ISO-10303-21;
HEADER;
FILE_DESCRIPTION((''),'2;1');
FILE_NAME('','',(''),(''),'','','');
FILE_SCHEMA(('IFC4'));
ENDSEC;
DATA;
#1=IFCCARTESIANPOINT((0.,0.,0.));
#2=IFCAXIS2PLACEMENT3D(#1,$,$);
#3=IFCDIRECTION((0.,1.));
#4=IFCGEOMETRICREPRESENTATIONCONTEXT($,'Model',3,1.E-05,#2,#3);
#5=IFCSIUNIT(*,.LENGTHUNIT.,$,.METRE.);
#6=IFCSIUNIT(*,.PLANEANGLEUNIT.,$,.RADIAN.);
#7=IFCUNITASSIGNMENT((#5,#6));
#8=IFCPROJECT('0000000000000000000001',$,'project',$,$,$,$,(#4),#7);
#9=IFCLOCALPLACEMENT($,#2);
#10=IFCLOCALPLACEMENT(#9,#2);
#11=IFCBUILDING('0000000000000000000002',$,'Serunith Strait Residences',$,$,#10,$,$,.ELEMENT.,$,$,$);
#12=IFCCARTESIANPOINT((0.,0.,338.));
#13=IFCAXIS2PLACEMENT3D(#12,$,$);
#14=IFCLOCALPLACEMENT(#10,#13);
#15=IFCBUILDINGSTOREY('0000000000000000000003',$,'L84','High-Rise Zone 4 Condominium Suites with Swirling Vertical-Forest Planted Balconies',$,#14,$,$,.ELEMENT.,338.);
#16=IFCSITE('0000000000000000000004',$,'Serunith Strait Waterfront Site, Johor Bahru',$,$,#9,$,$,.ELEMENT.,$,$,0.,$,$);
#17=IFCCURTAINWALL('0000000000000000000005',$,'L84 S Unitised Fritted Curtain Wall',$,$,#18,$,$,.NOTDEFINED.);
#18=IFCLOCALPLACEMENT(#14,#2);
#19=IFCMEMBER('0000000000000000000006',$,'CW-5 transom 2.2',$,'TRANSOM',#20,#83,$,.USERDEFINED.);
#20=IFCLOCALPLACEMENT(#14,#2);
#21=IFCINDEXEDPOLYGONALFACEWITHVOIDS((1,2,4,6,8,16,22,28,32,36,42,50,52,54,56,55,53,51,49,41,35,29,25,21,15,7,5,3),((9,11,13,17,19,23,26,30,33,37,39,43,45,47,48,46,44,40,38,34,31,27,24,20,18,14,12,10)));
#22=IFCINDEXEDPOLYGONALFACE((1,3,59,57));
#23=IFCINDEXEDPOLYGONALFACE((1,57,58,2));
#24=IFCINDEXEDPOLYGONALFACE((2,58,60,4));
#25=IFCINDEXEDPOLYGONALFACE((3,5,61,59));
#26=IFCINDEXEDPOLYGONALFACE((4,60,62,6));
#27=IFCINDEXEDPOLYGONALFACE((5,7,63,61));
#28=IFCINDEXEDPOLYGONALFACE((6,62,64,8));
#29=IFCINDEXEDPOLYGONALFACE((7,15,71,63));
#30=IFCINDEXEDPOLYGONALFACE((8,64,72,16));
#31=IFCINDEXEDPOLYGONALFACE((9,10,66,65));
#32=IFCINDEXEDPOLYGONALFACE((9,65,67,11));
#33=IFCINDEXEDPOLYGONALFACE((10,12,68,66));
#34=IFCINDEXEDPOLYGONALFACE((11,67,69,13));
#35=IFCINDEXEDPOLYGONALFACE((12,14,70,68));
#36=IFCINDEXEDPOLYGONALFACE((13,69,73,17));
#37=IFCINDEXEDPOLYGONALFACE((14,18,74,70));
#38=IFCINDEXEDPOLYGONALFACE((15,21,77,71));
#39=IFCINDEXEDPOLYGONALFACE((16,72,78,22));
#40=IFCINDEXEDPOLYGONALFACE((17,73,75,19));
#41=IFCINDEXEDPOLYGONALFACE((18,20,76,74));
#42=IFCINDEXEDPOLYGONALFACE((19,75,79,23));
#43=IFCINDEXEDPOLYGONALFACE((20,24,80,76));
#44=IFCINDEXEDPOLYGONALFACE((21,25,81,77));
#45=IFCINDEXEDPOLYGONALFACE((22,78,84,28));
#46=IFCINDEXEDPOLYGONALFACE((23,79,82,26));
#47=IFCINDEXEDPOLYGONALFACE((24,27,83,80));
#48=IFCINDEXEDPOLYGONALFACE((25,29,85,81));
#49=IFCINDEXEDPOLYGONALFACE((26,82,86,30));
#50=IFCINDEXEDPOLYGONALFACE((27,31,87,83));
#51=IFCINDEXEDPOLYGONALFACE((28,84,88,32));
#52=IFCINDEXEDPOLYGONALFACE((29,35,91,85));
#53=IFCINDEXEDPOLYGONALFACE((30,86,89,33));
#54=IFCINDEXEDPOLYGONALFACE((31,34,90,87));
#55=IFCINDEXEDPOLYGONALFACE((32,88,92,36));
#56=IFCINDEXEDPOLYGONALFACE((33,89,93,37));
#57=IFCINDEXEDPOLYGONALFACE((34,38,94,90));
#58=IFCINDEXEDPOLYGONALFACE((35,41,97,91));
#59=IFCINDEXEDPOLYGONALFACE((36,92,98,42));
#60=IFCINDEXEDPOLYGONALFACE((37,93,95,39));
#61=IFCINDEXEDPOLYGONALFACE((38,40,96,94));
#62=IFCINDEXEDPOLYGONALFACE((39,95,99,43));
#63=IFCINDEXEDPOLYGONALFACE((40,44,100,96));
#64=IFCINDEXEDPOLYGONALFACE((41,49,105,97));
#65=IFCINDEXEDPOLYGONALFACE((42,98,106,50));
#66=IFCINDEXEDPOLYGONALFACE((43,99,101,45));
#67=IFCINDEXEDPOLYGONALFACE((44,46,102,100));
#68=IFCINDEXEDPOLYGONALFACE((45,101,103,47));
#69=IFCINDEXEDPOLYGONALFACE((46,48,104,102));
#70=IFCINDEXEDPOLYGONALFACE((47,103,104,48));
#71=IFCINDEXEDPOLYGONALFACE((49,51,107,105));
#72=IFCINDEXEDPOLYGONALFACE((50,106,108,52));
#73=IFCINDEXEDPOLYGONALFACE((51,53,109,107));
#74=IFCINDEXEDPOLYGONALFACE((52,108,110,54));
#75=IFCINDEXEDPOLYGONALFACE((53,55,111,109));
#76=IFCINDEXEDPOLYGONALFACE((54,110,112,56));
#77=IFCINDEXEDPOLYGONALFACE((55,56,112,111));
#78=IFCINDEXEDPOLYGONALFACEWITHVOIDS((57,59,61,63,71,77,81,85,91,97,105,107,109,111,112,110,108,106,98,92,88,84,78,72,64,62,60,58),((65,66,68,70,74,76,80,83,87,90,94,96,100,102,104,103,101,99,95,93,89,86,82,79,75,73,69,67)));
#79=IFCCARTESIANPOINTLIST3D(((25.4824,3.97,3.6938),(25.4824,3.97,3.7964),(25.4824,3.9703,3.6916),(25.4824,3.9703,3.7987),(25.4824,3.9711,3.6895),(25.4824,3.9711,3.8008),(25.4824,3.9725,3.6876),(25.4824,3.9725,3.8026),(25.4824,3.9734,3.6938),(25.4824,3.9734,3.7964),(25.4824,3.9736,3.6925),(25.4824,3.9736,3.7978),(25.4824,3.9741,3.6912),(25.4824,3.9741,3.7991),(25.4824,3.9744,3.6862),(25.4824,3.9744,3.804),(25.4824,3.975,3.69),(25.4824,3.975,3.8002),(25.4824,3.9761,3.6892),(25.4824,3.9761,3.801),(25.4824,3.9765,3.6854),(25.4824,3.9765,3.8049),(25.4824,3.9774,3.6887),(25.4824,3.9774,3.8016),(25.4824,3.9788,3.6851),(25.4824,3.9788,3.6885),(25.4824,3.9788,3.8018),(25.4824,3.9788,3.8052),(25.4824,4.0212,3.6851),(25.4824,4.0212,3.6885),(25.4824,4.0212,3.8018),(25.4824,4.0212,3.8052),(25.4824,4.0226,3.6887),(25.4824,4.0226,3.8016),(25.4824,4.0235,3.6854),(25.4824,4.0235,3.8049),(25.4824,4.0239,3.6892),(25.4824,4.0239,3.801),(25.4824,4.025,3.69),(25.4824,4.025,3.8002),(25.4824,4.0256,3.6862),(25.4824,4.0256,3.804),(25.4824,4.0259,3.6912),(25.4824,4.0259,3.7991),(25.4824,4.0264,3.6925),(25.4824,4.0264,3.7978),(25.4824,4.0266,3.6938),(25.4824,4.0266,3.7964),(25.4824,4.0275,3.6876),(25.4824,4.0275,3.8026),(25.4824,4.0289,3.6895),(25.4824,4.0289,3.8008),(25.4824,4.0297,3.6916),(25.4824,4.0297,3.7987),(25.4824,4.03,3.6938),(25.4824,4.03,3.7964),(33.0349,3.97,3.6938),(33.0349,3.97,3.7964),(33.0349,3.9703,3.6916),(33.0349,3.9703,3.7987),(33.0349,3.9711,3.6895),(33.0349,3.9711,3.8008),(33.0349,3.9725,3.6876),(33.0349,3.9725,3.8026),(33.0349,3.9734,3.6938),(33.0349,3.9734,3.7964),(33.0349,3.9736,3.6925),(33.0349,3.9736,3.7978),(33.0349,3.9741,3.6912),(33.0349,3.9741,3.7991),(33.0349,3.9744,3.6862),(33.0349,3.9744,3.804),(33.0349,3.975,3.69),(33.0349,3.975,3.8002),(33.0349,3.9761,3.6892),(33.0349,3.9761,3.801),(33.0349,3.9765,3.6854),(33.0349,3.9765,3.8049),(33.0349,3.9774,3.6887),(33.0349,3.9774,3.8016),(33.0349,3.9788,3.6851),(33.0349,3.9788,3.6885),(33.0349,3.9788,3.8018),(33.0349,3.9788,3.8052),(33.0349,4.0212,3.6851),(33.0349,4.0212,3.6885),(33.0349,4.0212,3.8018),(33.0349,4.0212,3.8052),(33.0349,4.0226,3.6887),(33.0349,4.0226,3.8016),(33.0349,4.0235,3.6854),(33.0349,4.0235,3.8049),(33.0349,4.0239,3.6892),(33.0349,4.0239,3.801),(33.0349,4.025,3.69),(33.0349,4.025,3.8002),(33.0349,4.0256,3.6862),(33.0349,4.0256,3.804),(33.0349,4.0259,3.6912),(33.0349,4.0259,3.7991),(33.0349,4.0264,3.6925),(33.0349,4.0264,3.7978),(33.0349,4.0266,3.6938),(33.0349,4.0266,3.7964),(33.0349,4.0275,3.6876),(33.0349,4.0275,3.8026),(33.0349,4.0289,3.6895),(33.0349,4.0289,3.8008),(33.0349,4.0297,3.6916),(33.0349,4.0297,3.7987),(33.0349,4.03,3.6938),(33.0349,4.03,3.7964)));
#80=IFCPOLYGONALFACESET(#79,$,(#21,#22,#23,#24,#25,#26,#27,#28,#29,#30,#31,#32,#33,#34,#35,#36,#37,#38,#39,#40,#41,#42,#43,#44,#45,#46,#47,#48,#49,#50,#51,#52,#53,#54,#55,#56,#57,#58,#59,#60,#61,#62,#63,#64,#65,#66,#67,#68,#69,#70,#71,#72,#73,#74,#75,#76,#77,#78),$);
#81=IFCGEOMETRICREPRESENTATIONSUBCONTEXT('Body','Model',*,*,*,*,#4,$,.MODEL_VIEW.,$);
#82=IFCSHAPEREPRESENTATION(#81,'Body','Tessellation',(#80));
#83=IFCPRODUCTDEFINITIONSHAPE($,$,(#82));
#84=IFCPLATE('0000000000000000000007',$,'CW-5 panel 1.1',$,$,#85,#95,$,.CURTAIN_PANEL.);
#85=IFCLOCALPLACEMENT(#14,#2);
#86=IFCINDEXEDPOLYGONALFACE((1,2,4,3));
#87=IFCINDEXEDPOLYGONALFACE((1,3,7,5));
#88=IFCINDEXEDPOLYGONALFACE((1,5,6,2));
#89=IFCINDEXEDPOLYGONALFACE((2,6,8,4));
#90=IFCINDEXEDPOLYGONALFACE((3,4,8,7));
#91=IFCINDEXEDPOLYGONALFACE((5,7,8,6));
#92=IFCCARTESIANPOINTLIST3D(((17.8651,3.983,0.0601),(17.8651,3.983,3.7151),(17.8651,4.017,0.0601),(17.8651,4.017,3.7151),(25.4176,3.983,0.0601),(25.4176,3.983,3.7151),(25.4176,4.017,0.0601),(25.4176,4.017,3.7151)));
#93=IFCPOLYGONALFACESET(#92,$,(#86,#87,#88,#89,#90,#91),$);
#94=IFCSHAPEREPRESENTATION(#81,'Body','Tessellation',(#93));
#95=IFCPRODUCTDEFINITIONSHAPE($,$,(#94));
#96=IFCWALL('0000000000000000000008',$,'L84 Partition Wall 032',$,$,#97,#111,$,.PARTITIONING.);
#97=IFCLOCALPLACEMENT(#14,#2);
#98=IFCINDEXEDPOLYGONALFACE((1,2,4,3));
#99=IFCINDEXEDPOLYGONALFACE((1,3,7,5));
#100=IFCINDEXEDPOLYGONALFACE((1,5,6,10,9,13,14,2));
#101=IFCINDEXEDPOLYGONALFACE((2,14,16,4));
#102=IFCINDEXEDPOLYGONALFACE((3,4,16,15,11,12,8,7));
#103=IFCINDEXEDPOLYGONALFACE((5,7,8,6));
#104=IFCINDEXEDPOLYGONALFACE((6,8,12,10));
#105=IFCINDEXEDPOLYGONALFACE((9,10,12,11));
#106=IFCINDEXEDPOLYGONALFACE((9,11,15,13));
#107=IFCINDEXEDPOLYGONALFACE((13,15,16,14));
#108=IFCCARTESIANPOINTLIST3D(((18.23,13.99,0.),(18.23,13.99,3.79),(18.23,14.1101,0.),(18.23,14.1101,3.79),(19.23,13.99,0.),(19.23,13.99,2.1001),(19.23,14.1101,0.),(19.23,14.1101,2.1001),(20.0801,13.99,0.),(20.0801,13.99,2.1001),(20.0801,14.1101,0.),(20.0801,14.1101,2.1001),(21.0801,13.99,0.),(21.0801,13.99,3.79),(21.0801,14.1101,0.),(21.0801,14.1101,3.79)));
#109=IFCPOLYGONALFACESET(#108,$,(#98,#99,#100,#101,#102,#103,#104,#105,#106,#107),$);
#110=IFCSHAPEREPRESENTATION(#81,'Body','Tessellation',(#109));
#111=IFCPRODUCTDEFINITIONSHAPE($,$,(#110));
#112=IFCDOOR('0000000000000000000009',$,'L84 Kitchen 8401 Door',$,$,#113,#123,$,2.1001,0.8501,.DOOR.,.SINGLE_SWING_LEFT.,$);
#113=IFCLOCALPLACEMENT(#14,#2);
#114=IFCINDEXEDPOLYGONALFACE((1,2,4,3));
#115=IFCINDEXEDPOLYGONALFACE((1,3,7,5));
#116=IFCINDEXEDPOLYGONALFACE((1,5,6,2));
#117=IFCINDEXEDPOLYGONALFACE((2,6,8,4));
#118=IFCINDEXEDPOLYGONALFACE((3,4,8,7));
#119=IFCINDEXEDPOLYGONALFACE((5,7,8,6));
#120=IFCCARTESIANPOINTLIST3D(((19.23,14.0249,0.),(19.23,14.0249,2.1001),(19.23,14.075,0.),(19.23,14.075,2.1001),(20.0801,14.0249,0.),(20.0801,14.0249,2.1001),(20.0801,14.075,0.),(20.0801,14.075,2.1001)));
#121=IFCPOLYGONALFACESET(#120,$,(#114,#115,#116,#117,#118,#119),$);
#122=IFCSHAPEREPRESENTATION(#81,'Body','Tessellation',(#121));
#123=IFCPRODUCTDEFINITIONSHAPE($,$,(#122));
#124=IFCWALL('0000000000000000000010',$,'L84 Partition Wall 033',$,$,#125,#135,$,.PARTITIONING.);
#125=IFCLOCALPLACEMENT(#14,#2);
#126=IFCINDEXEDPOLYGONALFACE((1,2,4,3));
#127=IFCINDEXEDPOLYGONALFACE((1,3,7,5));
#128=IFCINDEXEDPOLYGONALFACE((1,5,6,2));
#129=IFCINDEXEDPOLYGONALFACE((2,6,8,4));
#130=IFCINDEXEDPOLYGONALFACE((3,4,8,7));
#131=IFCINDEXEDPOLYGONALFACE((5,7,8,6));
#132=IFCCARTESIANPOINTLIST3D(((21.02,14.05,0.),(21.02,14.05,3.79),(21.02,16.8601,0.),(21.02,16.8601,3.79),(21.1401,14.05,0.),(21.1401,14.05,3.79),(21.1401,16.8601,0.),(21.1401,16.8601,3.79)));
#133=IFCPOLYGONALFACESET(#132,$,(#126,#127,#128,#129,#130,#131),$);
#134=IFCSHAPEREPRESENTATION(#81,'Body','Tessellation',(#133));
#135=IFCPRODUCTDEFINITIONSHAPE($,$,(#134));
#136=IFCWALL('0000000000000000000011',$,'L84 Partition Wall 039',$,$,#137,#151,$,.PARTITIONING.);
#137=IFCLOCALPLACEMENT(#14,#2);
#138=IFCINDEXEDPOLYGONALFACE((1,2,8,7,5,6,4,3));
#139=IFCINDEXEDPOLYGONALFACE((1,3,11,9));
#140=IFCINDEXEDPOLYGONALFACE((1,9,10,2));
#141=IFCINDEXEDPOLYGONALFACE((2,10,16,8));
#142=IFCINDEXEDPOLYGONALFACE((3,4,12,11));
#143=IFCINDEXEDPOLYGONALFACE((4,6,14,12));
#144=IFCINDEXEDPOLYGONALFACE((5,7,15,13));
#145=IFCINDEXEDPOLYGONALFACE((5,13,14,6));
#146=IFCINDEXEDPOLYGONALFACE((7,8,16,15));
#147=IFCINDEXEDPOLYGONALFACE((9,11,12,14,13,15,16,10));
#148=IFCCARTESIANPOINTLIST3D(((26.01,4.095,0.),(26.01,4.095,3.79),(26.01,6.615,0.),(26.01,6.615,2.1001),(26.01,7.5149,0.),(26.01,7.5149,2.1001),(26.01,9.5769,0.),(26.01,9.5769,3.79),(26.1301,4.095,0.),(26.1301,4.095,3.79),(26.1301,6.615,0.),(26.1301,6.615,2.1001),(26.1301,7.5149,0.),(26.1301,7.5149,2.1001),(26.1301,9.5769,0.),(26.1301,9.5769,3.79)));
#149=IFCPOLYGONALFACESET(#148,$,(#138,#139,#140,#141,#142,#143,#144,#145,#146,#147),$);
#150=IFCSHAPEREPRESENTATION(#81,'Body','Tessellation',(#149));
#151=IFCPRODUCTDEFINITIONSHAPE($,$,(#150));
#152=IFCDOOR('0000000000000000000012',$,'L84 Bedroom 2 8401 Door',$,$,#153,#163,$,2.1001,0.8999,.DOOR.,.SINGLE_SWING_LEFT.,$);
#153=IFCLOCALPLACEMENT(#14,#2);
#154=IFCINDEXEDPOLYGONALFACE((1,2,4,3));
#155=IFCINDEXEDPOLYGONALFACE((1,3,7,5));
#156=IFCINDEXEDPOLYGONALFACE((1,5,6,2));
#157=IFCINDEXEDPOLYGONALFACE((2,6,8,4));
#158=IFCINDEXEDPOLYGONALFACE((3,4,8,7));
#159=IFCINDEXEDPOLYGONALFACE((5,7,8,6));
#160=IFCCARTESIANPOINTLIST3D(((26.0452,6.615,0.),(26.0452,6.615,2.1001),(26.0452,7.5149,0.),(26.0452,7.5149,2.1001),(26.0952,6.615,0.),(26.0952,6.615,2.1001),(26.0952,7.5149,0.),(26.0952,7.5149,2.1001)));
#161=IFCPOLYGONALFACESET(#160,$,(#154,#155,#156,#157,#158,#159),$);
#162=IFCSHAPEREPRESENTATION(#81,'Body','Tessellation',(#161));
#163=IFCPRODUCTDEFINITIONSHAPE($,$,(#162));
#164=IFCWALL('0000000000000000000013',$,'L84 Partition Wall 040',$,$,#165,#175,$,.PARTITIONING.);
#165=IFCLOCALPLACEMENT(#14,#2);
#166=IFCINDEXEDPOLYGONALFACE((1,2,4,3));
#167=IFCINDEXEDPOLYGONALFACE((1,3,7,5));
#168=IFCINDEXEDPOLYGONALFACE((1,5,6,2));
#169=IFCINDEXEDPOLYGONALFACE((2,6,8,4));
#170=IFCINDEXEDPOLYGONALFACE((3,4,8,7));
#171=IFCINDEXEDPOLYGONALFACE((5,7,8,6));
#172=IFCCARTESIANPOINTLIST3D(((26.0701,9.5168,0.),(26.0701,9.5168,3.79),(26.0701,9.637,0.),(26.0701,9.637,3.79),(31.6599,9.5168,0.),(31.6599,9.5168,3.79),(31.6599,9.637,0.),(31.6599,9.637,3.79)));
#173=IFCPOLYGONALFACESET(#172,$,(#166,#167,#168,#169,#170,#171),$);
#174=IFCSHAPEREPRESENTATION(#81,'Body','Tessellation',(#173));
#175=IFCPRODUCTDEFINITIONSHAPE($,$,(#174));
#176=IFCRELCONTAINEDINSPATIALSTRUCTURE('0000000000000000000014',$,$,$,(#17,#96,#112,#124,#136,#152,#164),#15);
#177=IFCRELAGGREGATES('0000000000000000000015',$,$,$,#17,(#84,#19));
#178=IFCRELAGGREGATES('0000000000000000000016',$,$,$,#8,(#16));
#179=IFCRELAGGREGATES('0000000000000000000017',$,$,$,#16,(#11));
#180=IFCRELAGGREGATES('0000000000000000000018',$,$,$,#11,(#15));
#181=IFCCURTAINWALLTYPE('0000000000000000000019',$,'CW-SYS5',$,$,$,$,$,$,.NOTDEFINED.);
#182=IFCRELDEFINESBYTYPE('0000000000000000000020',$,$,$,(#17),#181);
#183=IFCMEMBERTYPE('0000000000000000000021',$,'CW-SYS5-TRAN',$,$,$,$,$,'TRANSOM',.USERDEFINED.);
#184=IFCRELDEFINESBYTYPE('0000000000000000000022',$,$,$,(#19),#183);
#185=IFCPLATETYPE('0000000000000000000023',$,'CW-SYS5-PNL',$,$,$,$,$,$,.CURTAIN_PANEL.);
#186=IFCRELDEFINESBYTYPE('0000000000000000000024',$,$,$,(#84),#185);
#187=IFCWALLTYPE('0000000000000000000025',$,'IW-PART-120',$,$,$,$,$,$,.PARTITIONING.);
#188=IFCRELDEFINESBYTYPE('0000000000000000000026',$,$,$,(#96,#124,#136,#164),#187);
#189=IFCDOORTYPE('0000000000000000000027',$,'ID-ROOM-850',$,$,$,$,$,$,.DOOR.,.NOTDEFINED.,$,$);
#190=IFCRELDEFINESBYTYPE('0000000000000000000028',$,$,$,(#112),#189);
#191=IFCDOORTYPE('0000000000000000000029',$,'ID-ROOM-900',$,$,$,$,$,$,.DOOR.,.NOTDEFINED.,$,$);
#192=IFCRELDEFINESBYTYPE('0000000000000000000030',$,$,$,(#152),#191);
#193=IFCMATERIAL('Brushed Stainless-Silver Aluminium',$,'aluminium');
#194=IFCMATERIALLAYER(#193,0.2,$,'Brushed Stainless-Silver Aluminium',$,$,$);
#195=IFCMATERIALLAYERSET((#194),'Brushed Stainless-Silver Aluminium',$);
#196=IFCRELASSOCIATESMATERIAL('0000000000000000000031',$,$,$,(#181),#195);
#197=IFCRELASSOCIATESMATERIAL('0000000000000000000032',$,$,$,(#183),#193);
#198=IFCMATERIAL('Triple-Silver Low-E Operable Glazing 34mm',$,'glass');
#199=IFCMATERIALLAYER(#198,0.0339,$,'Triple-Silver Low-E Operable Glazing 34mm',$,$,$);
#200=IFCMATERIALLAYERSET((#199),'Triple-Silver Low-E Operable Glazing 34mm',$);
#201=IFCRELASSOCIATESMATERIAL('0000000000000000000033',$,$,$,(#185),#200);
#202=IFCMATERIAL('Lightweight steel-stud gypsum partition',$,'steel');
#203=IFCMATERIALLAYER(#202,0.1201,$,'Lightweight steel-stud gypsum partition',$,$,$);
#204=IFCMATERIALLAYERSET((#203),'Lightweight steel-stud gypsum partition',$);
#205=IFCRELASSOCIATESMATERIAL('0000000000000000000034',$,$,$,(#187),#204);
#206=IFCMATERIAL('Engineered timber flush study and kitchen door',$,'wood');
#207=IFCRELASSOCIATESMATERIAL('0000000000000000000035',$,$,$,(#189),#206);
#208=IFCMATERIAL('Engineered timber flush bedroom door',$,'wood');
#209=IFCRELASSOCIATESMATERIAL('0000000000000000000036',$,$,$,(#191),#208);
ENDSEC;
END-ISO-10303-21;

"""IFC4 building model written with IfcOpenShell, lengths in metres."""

from ifc_helpers import new_model, si_unit, direction, frame, frame_2d, origin, origin_2d, place, context, subcontext, project, spatial, rectangle, hollow_rectangle, extrude, source, transform, mapped, material, layer, layer_set, material_profile, profile_set, type_object, element, fill, aggregate, save


model = new_model("IFC4")

# Units and contexts
model_context = context("Model", 3, precision=1e-05, world=origin(), true_north=direction((0.0, 1.0)))
body_context = subcontext(model_context, "Body", "Model", "MODEL_VIEW")
ifc_project = project(units=[si_unit("LENGTHUNIT", "METRE"), si_unit("PLANEANGLEUNIT", "RADIAN")], contexts=[model_context])

# Site, building, storey
site_placement = place(None, origin())
site = spatial("IfcSite", under=ifc_project, at=site_placement, Name="Serunith Strait Waterfront Site, Johor Bahru", CompositionType="ELEMENT", RefElevation=0.0)
building_placement = place(site_placement, origin())
building = spatial("IfcBuilding", under=site, at=building_placement, Name="Serunith Strait Residences", CompositionType="ELEMENT")
storey_placement = place(building_placement, frame((0.0, 0.0, 338.0)))
storey = spatial("IfcBuildingStorey", under=building, at=storey_placement, Name="L84", Description="High-Rise Zone 4 Condominium Suites with Swirling Vertical-Forest Planted Balconies", CompositionType="ELEMENT", Elevation=338.0)

# Curtain wall, member, plate
ifc_material_1 = material(Name="Brushed Stainless-Silver Aluminium", Category="aluminium")
ifc_layer_1 = layer(ifc_material_1, 0.2, Name="Brushed Stainless-Silver Aluminium")
ifc_layer_set_1 = layer_set([ifc_layer_1], Name="Brushed Stainless-Silver Aluminium")
curtain_wall_type = type_object("IfcCurtainWallType", Name="CW-SYS5", PredefinedType="NOTDEFINED", material=ifc_layer_set_1)
curtain_wall_placement = place(storey_placement, origin())
curtain_wall = element("IfcCurtainWall", 1, at=curtain_wall_placement, inside=storey, type_object=curtain_wall_type, Name="L84 S Unitised Fritted Curtain Wall", PredefinedType="NOTDEFINED")
ifc_material_profile_1 = material_profile(ifc_material_1, hollow_rectangle(XDim=0.0601, YDim=0.1201, WallThickness=0.0034, InnerFilletRadius=0.0054, OuterFilletRadius=0.0088, at=origin_2d()), Name="ALU 120x60x3.5")
ifc_profile_set_1 = profile_set([ifc_material_profile_1], Name="Brushed Stainless-Silver Aluminium")
member_type_1 = type_object("IfcMemberType", Name="CW-SYS5-TRAN", ElementType="TRANSOM", PredefinedType="USERDEFINED", material=ifc_profile_set_1)
shared_shape_1 = source(origin(), body_context, "Body", "SweptSolid", [
    extrude(hollow_rectangle(XDim=0.0601, YDim=0.1201, WallThickness=0.0034, InnerFilletRadius=0.0054, OuterFilletRadius=0.0088, at=origin_2d()), origin(), (0.0, 0.0, 1.0), 7.5525),
])
member_1_placement = place(storey_placement, frame((25.4824, 4.0, 3.7451), z_axis=(1.0, 0.0, 0.0), x_axis=(0.0, 1.0, 0.0)))
member_1 = element("IfcMember", 2, at=member_1_placement, type_object=member_type_1, Name="CW-5 transom 2.2", ObjectType="TRANSOM", PredefinedType="USERDEFINED", context=body_context, shape_type="MappedRepresentation", body=[
    mapped(shared_shape_1, transform((0.0, 0.0, 0.0), scale=1.0)),
])
ifc_material_2 = material(Name="Triple-Silver Low-E Operable Glazing 34mm", Category="glass")
ifc_layer_2 = layer(ifc_material_2, 0.0339, Name="Triple-Silver Low-E Operable Glazing 34mm")
ifc_layer_set_2 = layer_set([ifc_layer_2], Name="Triple-Silver Low-E Operable Glazing 34mm")
plate_type = type_object("IfcPlateType", Name="CW-SYS5-PNL", PredefinedType="CURTAIN_PANEL", material=ifc_layer_set_2)
shared_shape_2 = source(origin(), body_context, "Body", "SweptSolid", [
    extrude(rectangle(XDim=7.5525, YDim=0.0339, at=origin_2d()), origin(), (0.0, 0.0, 1.0), 3.655),
])
plate_placement = place(storey_placement, frame((21.6414, 4.0, 0.0601), z_axis=(0.0, 0.0, 1.0), x_axis=(1.0, 0.0, 0.0)))
plate = element("IfcPlate", 3, at=plate_placement, type_object=plate_type, Name="CW-5 panel 1.1", PredefinedType="CURTAIN_PANEL", context=body_context, shape_type="MappedRepresentation", body=[
    mapped(shared_shape_2, transform((0.0, 0.0, 0.0), scale=1.0)),
])
aggregate(curtain_wall, [plate, member_1])

# Wall, opening, door
ifc_material_3 = material(Name="Lightweight steel-stud gypsum partition", Category="steel")
ifc_layer_3 = layer(ifc_material_3, 0.1201, Name="Lightweight steel-stud gypsum partition")
ifc_layer_set_3 = layer_set([ifc_layer_3], Name="Lightweight steel-stud gypsum partition")
wall_type = type_object("IfcWallType", Name="IW-PART-120", PredefinedType="PARTITIONING", material=ifc_layer_set_3)
wall_1_placement = place(storey_placement, frame((18.23, 14.05, 0.0), z_axis=(0.0, 0.0, 1.0), x_axis=(1.0, 0.0, 0.0)))
wall_1 = element("IfcWall", 4, at=wall_1_placement, inside=storey, type_object=wall_type, Name="L84 Partition Wall 032", PredefinedType="PARTITIONING", context=body_context, shape_type="SweptSolid", body=[
    extrude(rectangle(XDim=2.8501, YDim=0.1201, at=frame_2d((1.425, 0.0))), origin(), (0.0, 0.0, 1.0), 3.79),
])
opening_1_placement = place(wall_1_placement, frame((1.0, 0.0, 0.0)))
opening_1 = element("IfcOpeningElement", 5, at=opening_1_placement, cuts=wall_1, PredefinedType="OPENING", context=body_context, shape_type="SweptSolid", body=[
    extrude(rectangle(XDim=0.8501, YDim=2.1001, at=frame_2d((0.425, 1.05))), frame((0.0, 0.0701, 0.0), z_axis=(0.0, -1.0, 0.0), x_axis=(1.0, 0.0, 0.0)), (0.0, 0.0, 1.0), 0.1401),
])
ifc_material_4 = material(Name="Engineered timber flush study and kitchen door", Category="wood")
door_type_1 = type_object("IfcDoorType", Name="ID-ROOM-850", OperationType="NOTDEFINED", PredefinedType="DOOR", material=ifc_material_4)
shared_shape_3 = source(origin(), body_context, "Body", "SweptSolid", [
    extrude(rectangle(XDim=0.8501, YDim=2.1001, at=frame_2d((0.425, 1.05))), frame((0.0, 0.0249, 0.0), z_axis=(0.0, -1.0, 0.0), x_axis=(1.0, 0.0, 0.0)), (0.0, 0.0, 1.0), 0.05),
])
door_1_placement = place(opening_1_placement, origin())
door_1 = element("IfcDoor", 6, at=door_1_placement, inside=storey, type_object=door_type_1, Name="L84 Kitchen 8401 Door", OperationType="SINGLE_SWING_LEFT", OverallHeight=2.1001, OverallWidth=0.8501, PredefinedType="DOOR", context=body_context, shape_type="MappedRepresentation", body=[
    mapped(shared_shape_3, transform((0.0, 0.0, 0.0), scale=1.0)),
])
fill(opening_1, door_1)

# Wall
wall_2_placement = place(storey_placement, frame((21.0801, 14.05, 0.0), z_axis=(0.0, 0.0, 1.0), x_axis=(0.0, 1.0, 0.0)))
element("IfcWall", 7, at=wall_2_placement, inside=storey, type_object=wall_type, Name="L84 Partition Wall 033", PredefinedType="PARTITIONING", context=body_context, shape_type="SweptSolid", body=[
    extrude(rectangle(XDim=2.8101, YDim=0.1201, at=frame_2d((1.405, 0.0))), origin(), (0.0, 0.0, 1.0), 3.79),
])

# Wall, opening, door
wall_3_placement = place(storey_placement, frame((26.0701, 4.095, 0.0), z_axis=(0.0, 0.0, 1.0), x_axis=(0.0, 1.0, 0.0)))
wall_3 = element("IfcWall", 8, at=wall_3_placement, inside=storey, type_object=wall_type, Name="L84 Partition Wall 039", PredefinedType="PARTITIONING", context=body_context, shape_type="SweptSolid", body=[
    extrude(rectangle(XDim=5.4819, YDim=0.1201, at=frame_2d((2.741, 0.0))), origin(), (0.0, 0.0, 1.0), 3.79),
])
opening_2_placement = place(wall_3_placement, frame((2.52, 0.0, 0.0)))
opening_2 = element("IfcOpeningElement", 9, at=opening_2_placement, cuts=wall_3, PredefinedType="OPENING", context=body_context, shape_type="SweptSolid", body=[
    extrude(rectangle(XDim=0.8999, YDim=2.1001, at=frame_2d((0.45, 1.05))), frame((0.0, 0.0701, 0.0), z_axis=(0.0, -1.0, 0.0), x_axis=(1.0, 0.0, 0.0)), (0.0, 0.0, 1.0), 0.1401),
])
ifc_material_5 = material(Name="Engineered timber flush bedroom door", Category="wood")
door_type_2 = type_object("IfcDoorType", Name="ID-ROOM-900", OperationType="NOTDEFINED", PredefinedType="DOOR", material=ifc_material_5)
shared_shape_4 = source(origin(), body_context, "Body", "SweptSolid", [
    extrude(rectangle(XDim=0.8999, YDim=2.1001, at=frame_2d((0.45, 1.05))), frame((0.0, 0.0249, 0.0), z_axis=(0.0, -1.0, 0.0), x_axis=(1.0, 0.0, 0.0)), (0.0, 0.0, 1.0), 0.05),
])
door_2_placement = place(opening_2_placement, origin())
door_2 = element("IfcDoor", 10, at=door_2_placement, inside=storey, type_object=door_type_2, Name="L84 Bedroom 2 8401 Door", OperationType="SINGLE_SWING_LEFT", OverallHeight=2.1001, OverallWidth=0.8999, PredefinedType="DOOR", context=body_context, shape_type="MappedRepresentation", body=[
    mapped(shared_shape_4, transform((0.0, 0.0, 0.0), scale=1.0)),
])
fill(opening_2, door_2)

# Wall
wall_4_placement = place(storey_placement, frame((26.0701, 9.5769, 0.0), z_axis=(0.0, 0.0, 1.0), x_axis=(1.0, 0.0, 0.0)))
element("IfcWall", 11, at=wall_4_placement, inside=storey, type_object=wall_type, Name="L84 Partition Wall 040", PredefinedType="PARTITIONING", context=body_context, shape_type="SweptSolid", body=[
    extrude(rectangle(XDim=5.5898, YDim=0.1201, at=frame_2d((2.7949, 0.0))), origin(), (0.0, 0.0, 1.0), 3.79),
])

save(model, "model.ifc")
